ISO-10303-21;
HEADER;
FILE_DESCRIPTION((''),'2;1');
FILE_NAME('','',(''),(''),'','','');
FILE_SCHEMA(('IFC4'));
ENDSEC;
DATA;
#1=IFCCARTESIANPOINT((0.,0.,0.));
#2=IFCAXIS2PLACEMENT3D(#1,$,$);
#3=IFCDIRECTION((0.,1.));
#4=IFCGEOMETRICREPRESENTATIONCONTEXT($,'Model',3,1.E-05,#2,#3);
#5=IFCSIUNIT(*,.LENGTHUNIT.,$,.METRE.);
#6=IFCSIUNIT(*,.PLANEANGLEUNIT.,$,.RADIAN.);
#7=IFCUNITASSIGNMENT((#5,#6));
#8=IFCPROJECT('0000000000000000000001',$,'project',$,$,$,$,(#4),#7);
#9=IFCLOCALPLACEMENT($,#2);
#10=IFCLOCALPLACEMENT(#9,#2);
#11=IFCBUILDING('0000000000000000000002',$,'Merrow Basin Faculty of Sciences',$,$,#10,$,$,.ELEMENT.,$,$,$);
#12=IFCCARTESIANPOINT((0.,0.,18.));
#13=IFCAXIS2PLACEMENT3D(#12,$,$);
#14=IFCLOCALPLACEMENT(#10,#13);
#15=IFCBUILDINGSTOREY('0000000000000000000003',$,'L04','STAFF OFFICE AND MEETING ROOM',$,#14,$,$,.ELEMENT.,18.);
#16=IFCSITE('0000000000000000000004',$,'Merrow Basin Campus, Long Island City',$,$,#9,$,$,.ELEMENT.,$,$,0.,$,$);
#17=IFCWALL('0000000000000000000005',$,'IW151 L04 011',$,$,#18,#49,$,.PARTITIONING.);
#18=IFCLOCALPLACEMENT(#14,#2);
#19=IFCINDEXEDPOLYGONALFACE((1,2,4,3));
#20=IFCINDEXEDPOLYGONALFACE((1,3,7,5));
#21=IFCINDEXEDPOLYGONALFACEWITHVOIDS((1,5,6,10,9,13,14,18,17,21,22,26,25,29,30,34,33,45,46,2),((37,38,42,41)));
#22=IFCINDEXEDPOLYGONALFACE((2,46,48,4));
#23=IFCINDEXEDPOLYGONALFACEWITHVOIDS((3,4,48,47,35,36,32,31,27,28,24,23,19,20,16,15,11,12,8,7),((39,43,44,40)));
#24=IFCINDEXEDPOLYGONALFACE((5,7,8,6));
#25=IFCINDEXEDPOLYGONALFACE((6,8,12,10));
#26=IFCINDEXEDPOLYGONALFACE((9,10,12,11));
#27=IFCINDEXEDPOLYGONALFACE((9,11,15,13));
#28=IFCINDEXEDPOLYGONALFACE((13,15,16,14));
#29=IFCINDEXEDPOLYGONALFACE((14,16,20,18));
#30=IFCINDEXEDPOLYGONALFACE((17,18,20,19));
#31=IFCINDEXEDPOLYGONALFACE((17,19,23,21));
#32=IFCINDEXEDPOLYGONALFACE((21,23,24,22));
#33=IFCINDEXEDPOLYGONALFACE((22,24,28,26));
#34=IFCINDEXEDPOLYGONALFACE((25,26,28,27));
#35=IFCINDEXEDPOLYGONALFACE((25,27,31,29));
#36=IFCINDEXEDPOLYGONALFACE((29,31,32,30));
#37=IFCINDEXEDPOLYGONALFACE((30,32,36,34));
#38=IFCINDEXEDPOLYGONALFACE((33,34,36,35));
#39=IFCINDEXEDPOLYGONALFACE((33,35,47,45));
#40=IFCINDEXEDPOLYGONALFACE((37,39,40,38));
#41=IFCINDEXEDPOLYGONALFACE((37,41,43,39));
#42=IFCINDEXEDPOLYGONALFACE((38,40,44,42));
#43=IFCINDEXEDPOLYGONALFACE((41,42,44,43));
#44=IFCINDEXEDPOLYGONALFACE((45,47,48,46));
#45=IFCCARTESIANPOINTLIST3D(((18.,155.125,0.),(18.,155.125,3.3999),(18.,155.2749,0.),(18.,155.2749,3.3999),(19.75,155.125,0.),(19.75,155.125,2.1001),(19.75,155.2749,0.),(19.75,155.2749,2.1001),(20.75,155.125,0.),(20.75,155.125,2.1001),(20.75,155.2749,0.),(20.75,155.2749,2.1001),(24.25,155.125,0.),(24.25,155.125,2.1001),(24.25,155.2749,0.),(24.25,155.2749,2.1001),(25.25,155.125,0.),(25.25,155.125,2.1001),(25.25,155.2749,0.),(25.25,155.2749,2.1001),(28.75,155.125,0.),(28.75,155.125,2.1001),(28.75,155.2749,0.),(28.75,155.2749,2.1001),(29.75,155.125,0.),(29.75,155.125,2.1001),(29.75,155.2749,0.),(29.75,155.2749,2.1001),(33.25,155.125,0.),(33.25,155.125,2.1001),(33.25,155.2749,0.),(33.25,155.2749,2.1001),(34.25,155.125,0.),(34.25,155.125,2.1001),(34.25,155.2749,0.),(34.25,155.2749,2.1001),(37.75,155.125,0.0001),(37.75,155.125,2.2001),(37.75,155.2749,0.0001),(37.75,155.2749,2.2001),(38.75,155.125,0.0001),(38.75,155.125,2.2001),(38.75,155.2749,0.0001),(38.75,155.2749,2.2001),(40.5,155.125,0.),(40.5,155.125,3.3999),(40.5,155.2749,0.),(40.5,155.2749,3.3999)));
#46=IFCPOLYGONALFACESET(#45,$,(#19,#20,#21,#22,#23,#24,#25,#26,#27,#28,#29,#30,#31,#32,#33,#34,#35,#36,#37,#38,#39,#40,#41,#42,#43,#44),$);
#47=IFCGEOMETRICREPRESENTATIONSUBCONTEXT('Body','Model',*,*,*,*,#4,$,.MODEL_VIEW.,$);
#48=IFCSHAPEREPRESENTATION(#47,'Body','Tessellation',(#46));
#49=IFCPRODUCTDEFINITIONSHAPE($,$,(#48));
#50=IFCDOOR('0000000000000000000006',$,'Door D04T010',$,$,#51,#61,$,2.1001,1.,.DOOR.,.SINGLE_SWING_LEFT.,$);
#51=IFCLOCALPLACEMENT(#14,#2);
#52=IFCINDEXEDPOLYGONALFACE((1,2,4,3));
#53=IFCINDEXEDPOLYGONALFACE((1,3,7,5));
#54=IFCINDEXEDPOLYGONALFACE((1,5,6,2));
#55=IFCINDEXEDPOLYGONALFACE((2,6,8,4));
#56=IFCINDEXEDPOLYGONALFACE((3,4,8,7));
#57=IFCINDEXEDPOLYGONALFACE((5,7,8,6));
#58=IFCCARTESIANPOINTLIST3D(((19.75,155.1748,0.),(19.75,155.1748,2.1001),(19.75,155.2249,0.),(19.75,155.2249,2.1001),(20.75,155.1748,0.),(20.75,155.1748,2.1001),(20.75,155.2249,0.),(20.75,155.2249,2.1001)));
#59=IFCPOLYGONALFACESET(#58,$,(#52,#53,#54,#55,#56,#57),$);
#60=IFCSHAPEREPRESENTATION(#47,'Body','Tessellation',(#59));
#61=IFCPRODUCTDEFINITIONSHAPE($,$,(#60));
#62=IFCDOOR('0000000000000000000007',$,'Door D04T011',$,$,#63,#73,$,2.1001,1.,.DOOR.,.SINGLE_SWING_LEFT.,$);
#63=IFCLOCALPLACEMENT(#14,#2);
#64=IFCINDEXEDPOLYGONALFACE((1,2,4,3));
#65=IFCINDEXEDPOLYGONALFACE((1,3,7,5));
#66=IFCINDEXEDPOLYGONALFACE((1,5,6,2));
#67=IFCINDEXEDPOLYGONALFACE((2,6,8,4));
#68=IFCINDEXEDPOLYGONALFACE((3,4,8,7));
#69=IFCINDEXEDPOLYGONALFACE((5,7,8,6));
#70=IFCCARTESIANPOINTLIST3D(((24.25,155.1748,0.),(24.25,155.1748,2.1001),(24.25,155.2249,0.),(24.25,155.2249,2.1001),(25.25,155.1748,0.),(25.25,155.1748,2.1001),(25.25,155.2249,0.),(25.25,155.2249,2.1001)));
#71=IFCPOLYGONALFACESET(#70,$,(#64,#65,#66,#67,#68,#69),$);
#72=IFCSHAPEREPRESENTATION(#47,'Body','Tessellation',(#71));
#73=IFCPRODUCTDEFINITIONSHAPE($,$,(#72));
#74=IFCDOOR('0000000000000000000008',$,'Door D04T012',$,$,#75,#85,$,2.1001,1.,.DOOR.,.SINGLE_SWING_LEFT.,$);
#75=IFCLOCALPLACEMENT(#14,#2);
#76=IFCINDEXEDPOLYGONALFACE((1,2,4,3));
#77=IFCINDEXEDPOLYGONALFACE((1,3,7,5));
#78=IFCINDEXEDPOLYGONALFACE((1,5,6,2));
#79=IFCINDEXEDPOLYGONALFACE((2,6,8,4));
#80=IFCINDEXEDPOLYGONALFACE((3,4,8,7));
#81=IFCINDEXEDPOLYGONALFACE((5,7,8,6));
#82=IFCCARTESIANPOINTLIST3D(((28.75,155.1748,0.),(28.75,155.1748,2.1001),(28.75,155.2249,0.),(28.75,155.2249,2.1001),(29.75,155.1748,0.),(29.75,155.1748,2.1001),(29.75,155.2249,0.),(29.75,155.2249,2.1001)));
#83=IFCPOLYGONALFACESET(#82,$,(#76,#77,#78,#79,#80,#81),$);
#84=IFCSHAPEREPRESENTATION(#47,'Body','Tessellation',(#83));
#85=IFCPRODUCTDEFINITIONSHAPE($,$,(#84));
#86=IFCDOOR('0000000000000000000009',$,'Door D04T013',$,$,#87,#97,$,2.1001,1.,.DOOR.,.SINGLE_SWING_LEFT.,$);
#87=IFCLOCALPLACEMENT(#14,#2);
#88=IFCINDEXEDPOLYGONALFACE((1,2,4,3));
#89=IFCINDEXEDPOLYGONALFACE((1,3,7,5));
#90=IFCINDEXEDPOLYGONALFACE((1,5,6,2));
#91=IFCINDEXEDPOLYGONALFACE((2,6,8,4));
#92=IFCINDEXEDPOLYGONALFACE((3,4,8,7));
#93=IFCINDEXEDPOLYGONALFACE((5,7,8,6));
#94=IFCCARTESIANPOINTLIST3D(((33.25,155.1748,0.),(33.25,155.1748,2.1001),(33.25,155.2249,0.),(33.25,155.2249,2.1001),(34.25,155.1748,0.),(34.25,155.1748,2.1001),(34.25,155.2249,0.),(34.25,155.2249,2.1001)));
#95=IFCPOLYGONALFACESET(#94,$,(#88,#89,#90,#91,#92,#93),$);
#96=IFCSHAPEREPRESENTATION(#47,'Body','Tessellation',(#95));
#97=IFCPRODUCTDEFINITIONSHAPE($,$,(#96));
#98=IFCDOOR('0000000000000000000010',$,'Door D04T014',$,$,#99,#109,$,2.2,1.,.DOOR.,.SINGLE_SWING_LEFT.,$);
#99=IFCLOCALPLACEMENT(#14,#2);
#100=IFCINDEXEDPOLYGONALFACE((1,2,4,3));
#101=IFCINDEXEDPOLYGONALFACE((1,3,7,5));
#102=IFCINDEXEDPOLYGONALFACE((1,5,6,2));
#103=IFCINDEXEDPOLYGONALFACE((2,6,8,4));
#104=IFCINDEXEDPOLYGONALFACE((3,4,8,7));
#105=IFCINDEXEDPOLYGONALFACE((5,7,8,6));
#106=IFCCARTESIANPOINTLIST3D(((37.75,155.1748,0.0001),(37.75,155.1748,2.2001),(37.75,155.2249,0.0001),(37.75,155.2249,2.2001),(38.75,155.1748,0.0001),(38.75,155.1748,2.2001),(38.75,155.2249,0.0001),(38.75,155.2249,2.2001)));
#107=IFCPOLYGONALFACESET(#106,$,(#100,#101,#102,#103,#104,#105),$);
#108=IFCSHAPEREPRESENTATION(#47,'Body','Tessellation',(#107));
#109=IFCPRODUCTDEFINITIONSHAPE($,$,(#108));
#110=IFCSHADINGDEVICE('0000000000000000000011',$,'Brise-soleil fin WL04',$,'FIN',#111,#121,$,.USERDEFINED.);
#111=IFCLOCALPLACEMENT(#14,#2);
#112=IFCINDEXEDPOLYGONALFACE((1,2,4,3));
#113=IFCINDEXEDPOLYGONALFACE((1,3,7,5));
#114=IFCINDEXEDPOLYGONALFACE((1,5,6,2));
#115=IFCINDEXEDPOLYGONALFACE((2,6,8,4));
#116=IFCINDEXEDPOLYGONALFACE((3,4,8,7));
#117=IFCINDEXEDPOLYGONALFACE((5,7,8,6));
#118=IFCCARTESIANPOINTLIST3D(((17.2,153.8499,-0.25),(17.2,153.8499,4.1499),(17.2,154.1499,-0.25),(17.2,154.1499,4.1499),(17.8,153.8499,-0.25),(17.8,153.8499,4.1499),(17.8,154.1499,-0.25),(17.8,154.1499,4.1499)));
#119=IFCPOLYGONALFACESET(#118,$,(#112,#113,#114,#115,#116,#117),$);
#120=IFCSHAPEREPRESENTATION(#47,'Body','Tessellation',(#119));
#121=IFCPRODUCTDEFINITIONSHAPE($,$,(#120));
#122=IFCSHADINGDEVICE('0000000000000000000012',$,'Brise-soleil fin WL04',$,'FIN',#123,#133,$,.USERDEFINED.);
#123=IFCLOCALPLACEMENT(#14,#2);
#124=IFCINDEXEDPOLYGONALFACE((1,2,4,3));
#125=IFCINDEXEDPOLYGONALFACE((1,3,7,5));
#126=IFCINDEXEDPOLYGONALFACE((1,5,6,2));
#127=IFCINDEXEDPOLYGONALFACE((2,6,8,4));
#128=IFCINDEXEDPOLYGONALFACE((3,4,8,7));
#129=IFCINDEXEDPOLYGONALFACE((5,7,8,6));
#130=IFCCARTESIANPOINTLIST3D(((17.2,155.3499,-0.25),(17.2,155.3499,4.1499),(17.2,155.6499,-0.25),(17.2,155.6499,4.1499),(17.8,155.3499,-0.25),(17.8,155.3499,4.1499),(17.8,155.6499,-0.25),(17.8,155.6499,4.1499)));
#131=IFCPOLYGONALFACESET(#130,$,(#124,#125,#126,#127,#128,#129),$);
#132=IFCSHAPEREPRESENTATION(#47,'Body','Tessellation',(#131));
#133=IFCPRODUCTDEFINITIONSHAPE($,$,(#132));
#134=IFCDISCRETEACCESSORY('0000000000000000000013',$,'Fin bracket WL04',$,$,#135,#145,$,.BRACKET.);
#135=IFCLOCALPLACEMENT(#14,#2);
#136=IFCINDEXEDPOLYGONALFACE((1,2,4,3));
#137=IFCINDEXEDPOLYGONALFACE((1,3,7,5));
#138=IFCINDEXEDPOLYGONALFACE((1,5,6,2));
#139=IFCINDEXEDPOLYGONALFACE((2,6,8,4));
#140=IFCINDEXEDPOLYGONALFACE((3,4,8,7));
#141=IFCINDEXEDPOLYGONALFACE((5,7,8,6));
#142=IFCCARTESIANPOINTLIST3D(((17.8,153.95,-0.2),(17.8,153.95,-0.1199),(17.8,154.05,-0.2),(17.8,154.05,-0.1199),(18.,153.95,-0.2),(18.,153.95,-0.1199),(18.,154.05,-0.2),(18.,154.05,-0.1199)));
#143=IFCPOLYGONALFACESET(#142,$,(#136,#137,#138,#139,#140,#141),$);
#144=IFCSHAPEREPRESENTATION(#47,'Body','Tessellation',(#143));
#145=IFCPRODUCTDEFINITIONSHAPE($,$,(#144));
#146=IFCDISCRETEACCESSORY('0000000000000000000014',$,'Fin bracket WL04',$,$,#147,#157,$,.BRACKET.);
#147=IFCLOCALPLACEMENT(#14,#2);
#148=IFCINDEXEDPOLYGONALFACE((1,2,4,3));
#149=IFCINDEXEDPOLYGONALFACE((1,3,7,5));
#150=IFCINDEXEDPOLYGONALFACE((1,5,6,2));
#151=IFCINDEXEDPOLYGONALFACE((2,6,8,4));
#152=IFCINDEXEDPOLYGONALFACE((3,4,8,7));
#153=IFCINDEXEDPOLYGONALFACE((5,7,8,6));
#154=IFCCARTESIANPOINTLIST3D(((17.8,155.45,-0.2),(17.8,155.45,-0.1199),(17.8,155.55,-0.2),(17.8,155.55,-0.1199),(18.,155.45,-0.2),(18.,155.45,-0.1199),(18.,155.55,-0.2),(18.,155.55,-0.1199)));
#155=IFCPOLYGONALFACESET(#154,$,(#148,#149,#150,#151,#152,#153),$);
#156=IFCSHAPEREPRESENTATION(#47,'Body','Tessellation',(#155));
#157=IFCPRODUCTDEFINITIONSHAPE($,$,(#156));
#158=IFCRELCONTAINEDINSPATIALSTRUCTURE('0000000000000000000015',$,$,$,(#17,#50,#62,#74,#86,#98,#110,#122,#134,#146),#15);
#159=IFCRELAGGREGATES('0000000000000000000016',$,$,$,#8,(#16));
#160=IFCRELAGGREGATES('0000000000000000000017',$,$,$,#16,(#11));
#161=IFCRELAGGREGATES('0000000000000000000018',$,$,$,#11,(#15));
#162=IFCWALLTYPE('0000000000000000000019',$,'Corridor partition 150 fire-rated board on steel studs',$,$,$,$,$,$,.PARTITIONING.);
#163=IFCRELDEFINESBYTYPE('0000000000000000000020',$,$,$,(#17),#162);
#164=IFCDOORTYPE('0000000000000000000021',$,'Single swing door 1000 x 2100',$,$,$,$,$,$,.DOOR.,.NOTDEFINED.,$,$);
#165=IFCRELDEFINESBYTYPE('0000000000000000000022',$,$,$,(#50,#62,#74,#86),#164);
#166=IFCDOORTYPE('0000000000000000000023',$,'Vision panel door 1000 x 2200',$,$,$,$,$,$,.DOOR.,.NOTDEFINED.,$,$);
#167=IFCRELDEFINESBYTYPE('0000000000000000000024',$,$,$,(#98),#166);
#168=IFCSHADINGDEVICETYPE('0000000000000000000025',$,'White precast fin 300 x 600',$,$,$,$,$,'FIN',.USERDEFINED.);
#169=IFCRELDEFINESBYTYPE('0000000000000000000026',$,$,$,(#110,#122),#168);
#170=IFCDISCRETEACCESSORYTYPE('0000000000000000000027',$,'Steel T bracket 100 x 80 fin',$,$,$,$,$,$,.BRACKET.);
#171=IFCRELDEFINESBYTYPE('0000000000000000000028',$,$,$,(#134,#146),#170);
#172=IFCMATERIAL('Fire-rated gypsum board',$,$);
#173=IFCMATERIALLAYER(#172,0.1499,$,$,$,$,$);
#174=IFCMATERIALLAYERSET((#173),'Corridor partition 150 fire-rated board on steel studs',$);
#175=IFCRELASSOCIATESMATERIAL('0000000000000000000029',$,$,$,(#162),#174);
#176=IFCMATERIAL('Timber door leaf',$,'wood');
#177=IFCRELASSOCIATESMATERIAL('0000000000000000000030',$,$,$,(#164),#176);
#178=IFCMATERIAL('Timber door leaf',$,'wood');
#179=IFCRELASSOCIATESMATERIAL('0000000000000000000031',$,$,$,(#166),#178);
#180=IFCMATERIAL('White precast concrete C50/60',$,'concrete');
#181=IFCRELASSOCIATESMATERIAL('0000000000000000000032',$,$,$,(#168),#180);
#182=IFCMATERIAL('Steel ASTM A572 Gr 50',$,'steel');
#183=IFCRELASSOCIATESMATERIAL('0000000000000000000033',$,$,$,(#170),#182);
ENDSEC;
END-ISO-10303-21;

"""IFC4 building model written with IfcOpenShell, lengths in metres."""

from ifc_helpers import new_model, si_unit, direction, frame, frame_2d, origin, place, context, subcontext, project, spatial, polyline, rectangle, outline, extrude, source, transform, mapped, material, layer, layer_set, type_object, element, fill, save


model = new_model("IFC4")

# Units and contexts
model_context = context("Model", 3, precision=1e-05, world=origin(), true_north=direction((0.0, 1.0)))
body_context = subcontext(model_context, "Body", "Model", "MODEL_VIEW")
ifc_project = project(units=[si_unit("LENGTHUNIT", "METRE"), si_unit("PLANEANGLEUNIT", "RADIAN")], contexts=[model_context])

# Site, building, storey
site_placement = place(None, origin())
site = spatial("IfcSite", under=ifc_project, at=site_placement, Name="Merrow Basin Campus, Long Island City", CompositionType="ELEMENT", RefElevation=0.0)
building_placement = place(site_placement, origin())
building = spatial("IfcBuilding", under=site, at=building_placement, Name="Merrow Basin Faculty of Sciences", CompositionType="ELEMENT")
storey_placement = place(building_placement, frame((0.0, 0.0, 18.0)))
storey = spatial("IfcBuildingStorey", under=building, at=storey_placement, Name="L04", Description="STAFF OFFICE AND MEETING ROOM", CompositionType="ELEMENT", Elevation=18.0)

# Wall, openings, doors
ifc_material_1 = material(Name="Fire-rated gypsum board")
ifc_layer_1 = layer(ifc_material_1, 0.1499)
ifc_layer_set_1 = layer_set([ifc_layer_1], Name="Corridor partition 150 fire-rated board on steel studs")
wall_type = type_object("IfcWallType", Name="Corridor partition 150 fire-rated board on steel studs", PredefinedType="PARTITIONING", material=ifc_layer_set_1)
wall_placement = place(storey_placement, frame((18.0, 155.2, 0.0), z_axis=(0.0, 0.0, 1.0), x_axis=(1.0, 0.0, 0.0)))
wall = element("IfcWall", 1, at=wall_placement, inside=storey, type_object=wall_type, Name="IW151 L04 011", PredefinedType="PARTITIONING", context=body_context, shape_type="SweptSolid", body=[
    extrude(rectangle(XDim=22.5, YDim=0.1499, at=frame_2d((11.25, 0.0))), origin(), (0.0, 0.0, 1.0), 3.3999),
])
opening_1_placement = place(wall_placement, frame((1.75, 0.0, 0.0)))
opening_1 = element("IfcOpeningElement", 2, at=opening_1_placement, cuts=wall, PredefinedType="OPENING", context=body_context, shape_type="SweptSolid", body=[
    extrude(rectangle(XDim=1.0, YDim=2.1001, at=frame_2d((0.5, 1.05))), frame((0.0, 0.085, 0.0), z_axis=(0.0, -1.0, 0.0), x_axis=(1.0, 0.0, 0.0)), (0.0, 0.0, 1.0), 0.1699),
])
opening_2_placement = place(wall_placement, frame((6.25, 0.0, 0.0)))
opening_2 = element("IfcOpeningElement", 3, at=opening_2_placement, cuts=wall, PredefinedType="OPENING", context=body_context, shape_type="SweptSolid", body=[
    extrude(rectangle(XDim=1.0, YDim=2.1001, at=frame_2d((0.5, 1.05))), frame((0.0, 0.085, 0.0), z_axis=(0.0, -1.0, 0.0), x_axis=(1.0, 0.0, 0.0)), (0.0, 0.0, 1.0), 0.1699),
])
opening_3_placement = place(wall_placement, frame((10.75, 0.0, 0.0)))
opening_3 = element("IfcOpeningElement", 4, at=opening_3_placement, cuts=wall, PredefinedType="OPENING", context=body_context, shape_type="SweptSolid", body=[
    extrude(rectangle(XDim=1.0, YDim=2.1001, at=frame_2d((0.5, 1.05))), frame((0.0, 0.085, 0.0), z_axis=(0.0, -1.0, 0.0), x_axis=(1.0, 0.0, 0.0)), (0.0, 0.0, 1.0), 0.1699),
])
opening_4_placement = place(wall_placement, frame((15.25, 0.0, 0.0)))
opening_4 = element("IfcOpeningElement", 5, at=opening_4_placement, cuts=wall, PredefinedType="OPENING", context=body_context, shape_type="SweptSolid", body=[
    extrude(rectangle(XDim=1.0, YDim=2.1001, at=frame_2d((0.5, 1.05))), frame((0.0, 0.085, 0.0), z_axis=(0.0, -1.0, 0.0), x_axis=(1.0, 0.0, 0.0)), (0.0, 0.0, 1.0), 0.1699),
])
opening_5_placement = place(wall_placement, frame((19.75, 0.0, 0.0)))
opening_5 = element("IfcOpeningElement", 6, at=opening_5_placement, cuts=wall, PredefinedType="OPENING", context=body_context, shape_type="SweptSolid", body=[
    extrude(rectangle(XDim=1.0, YDim=2.2, at=frame_2d((0.5, 1.1001))), frame((0.0, 0.085, 0.0), z_axis=(0.0, -1.0, 0.0), x_axis=(1.0, 0.0, 0.0)), (0.0, 0.0, 1.0), 0.1699),
])
ifc_material_2 = material(Name="Timber door leaf", Category="wood")
door_type_1 = type_object("IfcDoorType", Name="Single swing door 1000 x 2100", OperationType="NOTDEFINED", PredefinedType="DOOR", material=ifc_material_2)
door_1_placement = place(opening_1_placement, origin())
door_1 = element("IfcDoor", 7, at=door_1_placement, inside=storey, type_object=door_type_1, Name="Door D04T010", OperationType="SINGLE_SWING_LEFT", OverallHeight=2.1001, OverallWidth=1.0, PredefinedType="DOOR", context=body_context, shape_type="SweptSolid", body=[
    extrude(rectangle(XDim=1.0, YDim=2.1001, at=frame_2d((0.5, 1.05))), frame((0.0, 0.0249, 0.0), z_axis=(0.0, -1.0, 0.0), x_axis=(1.0, 0.0, 0.0)), (0.0, 0.0, 1.0), 0.05),
])
fill(opening_1, door_1)
door_2_placement = place(opening_2_placement, origin())
door_2 = element("IfcDoor", 8, at=door_2_placement, inside=storey, type_object=door_type_1, Name="Door D04T011", OperationType="SINGLE_SWING_LEFT", OverallHeight=2.1001, OverallWidth=1.0, PredefinedType="DOOR", context=body_context, shape_type="SweptSolid", body=[
    extrude(rectangle(XDim=1.0, YDim=2.1001, at=frame_2d((0.5, 1.05))), frame((0.0, 0.0249, 0.0), z_axis=(0.0, -1.0, 0.0), x_axis=(1.0, 0.0, 0.0)), (0.0, 0.0, 1.0), 0.05),
])
fill(opening_2, door_2)
door_3_placement = place(opening_3_placement, origin())
door_3 = element("IfcDoor", 9, at=door_3_placement, inside=storey, type_object=door_type_1, Name="Door D04T012", OperationType="SINGLE_SWING_LEFT", OverallHeight=2.1001, OverallWidth=1.0, PredefinedType="DOOR", context=body_context, shape_type="SweptSolid", body=[
    extrude(rectangle(XDim=1.0, YDim=2.1001, at=frame_2d((0.5, 1.05))), frame((0.0, 0.0249, 0.0), z_axis=(0.0, -1.0, 0.0), x_axis=(1.0, 0.0, 0.0)), (0.0, 0.0, 1.0), 0.05),
])
fill(opening_3, door_3)
door_4_placement = place(opening_4_placement, origin())
door_4 = element("IfcDoor", 10, at=door_4_placement, inside=storey, type_object=door_type_1, Name="Door D04T013", OperationType="SINGLE_SWING_LEFT", OverallHeight=2.1001, OverallWidth=1.0, PredefinedType="DOOR", context=body_context, shape_type="SweptSolid", body=[
    extrude(rectangle(XDim=1.0, YDim=2.1001, at=frame_2d((0.5, 1.05))), frame((0.0, 0.0249, 0.0), z_axis=(0.0, -1.0, 0.0), x_axis=(1.0, 0.0, 0.0)), (0.0, 0.0, 1.0), 0.05),
])
fill(opening_4, door_4)
ifc_material_3 = material(Name="Timber door leaf", Category="wood")
door_type_2 = type_object("IfcDoorType", Name="Vision panel door 1000 x 2200", OperationType="NOTDEFINED", PredefinedType="DOOR", material=ifc_material_3)
door_5_placement = place(opening_5_placement, origin())
door_5 = element("IfcDoor", 11, at=door_5_placement, inside=storey, type_object=door_type_2, Name="Door D04T014", OperationType="SINGLE_SWING_LEFT", OverallHeight=2.2, OverallWidth=1.0, PredefinedType="DOOR", context=body_context, shape_type="SweptSolid", body=[
    extrude(rectangle(XDim=1.0, YDim=2.2, at=frame_2d((0.5, 1.1001))), frame((0.0, 0.0249, 0.0), z_axis=(0.0, -1.0, 0.0), x_axis=(1.0, 0.0, 0.0)), (0.0, 0.0, 1.0), 0.05),
])
fill(opening_5, door_5)

# Shading devices
ifc_material_4 = material(Name="White precast concrete C50/60", Category="concrete")
shading_device_type = type_object("IfcShadingDeviceType", Name="White precast fin 300 x 600", ElementType="FIN", PredefinedType="USERDEFINED", material=ifc_material_4)
shared_shape_1 = source(origin(), body_context, "Body", "SweptSolid", [
    extrude(outline(polyline([(0.0, 0.0), (0.3, 0.0), (0.3, 4.3999), (0.0, 4.3999), (0.0, 0.0)])), origin(), (0.0, 0.0, 1.0), 0.6001),
])
for number, where, z_axis, x_axis, name in (
    (12, (17.8, 154.1499, -0.25), (-1.0, 0.0, 0.0), (0.0, -1.0, 0.0), "Brise-soleil fin WL04"),
    (13, (17.8, 155.6499, -0.25), (-1.0, 0.0, 0.0), (0.0, -1.0, 0.0), "Brise-soleil fin WL04"),
):
    element("IfcShadingDevice", number, at=place(storey_placement, frame(where, z_axis=z_axis, x_axis=x_axis)), inside=storey, type_object=shading_device_type, Name=name, ObjectType="FIN", PredefinedType="USERDEFINED", context=body_context, shape_type="MappedRepresentation", body=[
        mapped(shared_shape_1, transform((0.0, 0.0, 0.0), scale=1.0)),
    ])

# Discrete accessories
ifc_material_5 = material(Name="Steel ASTM A572 Gr 50", Category="steel")
discrete_accessory_type = type_object("IfcDiscreteAccessoryType", Name="Steel T bracket 100 x 80 fin", PredefinedType="BRACKET", material=ifc_material_5)
shared_shape_2 = source(origin(), body_context, "Body", "SweptSolid", [
    extrude(outline(polyline([(0.0, 0.0), (0.1001, 0.0), (0.1001, 0.0801), (0.0, 0.0801), (0.0, 0.0)])), origin(), (0.0, 0.0, 1.0), 0.2),
])
for number, where, z_axis, x_axis, name in (
    (14, (18.0, 154.05, -0.2), (-1.0, 0.0, 0.0), (0.0, -1.0, 0.0), "Fin bracket WL04"),
    (15, (18.0, 155.55, -0.2), (-1.0, 0.0, 0.0), (0.0, -1.0, 0.0), "Fin bracket WL04"),
):
    element("IfcDiscreteAccessory", number, at=place(storey_placement, frame(where, z_axis=z_axis, x_axis=x_axis)), inside=storey, type_object=discrete_accessory_type, Name=name, PredefinedType="BRACKET", context=body_context, shape_type="MappedRepresentation", body=[
        mapped(shared_shape_2, transform((0.0, 0.0, 0.0), scale=1.0)),
    ])

save(model, "model.ifc")
